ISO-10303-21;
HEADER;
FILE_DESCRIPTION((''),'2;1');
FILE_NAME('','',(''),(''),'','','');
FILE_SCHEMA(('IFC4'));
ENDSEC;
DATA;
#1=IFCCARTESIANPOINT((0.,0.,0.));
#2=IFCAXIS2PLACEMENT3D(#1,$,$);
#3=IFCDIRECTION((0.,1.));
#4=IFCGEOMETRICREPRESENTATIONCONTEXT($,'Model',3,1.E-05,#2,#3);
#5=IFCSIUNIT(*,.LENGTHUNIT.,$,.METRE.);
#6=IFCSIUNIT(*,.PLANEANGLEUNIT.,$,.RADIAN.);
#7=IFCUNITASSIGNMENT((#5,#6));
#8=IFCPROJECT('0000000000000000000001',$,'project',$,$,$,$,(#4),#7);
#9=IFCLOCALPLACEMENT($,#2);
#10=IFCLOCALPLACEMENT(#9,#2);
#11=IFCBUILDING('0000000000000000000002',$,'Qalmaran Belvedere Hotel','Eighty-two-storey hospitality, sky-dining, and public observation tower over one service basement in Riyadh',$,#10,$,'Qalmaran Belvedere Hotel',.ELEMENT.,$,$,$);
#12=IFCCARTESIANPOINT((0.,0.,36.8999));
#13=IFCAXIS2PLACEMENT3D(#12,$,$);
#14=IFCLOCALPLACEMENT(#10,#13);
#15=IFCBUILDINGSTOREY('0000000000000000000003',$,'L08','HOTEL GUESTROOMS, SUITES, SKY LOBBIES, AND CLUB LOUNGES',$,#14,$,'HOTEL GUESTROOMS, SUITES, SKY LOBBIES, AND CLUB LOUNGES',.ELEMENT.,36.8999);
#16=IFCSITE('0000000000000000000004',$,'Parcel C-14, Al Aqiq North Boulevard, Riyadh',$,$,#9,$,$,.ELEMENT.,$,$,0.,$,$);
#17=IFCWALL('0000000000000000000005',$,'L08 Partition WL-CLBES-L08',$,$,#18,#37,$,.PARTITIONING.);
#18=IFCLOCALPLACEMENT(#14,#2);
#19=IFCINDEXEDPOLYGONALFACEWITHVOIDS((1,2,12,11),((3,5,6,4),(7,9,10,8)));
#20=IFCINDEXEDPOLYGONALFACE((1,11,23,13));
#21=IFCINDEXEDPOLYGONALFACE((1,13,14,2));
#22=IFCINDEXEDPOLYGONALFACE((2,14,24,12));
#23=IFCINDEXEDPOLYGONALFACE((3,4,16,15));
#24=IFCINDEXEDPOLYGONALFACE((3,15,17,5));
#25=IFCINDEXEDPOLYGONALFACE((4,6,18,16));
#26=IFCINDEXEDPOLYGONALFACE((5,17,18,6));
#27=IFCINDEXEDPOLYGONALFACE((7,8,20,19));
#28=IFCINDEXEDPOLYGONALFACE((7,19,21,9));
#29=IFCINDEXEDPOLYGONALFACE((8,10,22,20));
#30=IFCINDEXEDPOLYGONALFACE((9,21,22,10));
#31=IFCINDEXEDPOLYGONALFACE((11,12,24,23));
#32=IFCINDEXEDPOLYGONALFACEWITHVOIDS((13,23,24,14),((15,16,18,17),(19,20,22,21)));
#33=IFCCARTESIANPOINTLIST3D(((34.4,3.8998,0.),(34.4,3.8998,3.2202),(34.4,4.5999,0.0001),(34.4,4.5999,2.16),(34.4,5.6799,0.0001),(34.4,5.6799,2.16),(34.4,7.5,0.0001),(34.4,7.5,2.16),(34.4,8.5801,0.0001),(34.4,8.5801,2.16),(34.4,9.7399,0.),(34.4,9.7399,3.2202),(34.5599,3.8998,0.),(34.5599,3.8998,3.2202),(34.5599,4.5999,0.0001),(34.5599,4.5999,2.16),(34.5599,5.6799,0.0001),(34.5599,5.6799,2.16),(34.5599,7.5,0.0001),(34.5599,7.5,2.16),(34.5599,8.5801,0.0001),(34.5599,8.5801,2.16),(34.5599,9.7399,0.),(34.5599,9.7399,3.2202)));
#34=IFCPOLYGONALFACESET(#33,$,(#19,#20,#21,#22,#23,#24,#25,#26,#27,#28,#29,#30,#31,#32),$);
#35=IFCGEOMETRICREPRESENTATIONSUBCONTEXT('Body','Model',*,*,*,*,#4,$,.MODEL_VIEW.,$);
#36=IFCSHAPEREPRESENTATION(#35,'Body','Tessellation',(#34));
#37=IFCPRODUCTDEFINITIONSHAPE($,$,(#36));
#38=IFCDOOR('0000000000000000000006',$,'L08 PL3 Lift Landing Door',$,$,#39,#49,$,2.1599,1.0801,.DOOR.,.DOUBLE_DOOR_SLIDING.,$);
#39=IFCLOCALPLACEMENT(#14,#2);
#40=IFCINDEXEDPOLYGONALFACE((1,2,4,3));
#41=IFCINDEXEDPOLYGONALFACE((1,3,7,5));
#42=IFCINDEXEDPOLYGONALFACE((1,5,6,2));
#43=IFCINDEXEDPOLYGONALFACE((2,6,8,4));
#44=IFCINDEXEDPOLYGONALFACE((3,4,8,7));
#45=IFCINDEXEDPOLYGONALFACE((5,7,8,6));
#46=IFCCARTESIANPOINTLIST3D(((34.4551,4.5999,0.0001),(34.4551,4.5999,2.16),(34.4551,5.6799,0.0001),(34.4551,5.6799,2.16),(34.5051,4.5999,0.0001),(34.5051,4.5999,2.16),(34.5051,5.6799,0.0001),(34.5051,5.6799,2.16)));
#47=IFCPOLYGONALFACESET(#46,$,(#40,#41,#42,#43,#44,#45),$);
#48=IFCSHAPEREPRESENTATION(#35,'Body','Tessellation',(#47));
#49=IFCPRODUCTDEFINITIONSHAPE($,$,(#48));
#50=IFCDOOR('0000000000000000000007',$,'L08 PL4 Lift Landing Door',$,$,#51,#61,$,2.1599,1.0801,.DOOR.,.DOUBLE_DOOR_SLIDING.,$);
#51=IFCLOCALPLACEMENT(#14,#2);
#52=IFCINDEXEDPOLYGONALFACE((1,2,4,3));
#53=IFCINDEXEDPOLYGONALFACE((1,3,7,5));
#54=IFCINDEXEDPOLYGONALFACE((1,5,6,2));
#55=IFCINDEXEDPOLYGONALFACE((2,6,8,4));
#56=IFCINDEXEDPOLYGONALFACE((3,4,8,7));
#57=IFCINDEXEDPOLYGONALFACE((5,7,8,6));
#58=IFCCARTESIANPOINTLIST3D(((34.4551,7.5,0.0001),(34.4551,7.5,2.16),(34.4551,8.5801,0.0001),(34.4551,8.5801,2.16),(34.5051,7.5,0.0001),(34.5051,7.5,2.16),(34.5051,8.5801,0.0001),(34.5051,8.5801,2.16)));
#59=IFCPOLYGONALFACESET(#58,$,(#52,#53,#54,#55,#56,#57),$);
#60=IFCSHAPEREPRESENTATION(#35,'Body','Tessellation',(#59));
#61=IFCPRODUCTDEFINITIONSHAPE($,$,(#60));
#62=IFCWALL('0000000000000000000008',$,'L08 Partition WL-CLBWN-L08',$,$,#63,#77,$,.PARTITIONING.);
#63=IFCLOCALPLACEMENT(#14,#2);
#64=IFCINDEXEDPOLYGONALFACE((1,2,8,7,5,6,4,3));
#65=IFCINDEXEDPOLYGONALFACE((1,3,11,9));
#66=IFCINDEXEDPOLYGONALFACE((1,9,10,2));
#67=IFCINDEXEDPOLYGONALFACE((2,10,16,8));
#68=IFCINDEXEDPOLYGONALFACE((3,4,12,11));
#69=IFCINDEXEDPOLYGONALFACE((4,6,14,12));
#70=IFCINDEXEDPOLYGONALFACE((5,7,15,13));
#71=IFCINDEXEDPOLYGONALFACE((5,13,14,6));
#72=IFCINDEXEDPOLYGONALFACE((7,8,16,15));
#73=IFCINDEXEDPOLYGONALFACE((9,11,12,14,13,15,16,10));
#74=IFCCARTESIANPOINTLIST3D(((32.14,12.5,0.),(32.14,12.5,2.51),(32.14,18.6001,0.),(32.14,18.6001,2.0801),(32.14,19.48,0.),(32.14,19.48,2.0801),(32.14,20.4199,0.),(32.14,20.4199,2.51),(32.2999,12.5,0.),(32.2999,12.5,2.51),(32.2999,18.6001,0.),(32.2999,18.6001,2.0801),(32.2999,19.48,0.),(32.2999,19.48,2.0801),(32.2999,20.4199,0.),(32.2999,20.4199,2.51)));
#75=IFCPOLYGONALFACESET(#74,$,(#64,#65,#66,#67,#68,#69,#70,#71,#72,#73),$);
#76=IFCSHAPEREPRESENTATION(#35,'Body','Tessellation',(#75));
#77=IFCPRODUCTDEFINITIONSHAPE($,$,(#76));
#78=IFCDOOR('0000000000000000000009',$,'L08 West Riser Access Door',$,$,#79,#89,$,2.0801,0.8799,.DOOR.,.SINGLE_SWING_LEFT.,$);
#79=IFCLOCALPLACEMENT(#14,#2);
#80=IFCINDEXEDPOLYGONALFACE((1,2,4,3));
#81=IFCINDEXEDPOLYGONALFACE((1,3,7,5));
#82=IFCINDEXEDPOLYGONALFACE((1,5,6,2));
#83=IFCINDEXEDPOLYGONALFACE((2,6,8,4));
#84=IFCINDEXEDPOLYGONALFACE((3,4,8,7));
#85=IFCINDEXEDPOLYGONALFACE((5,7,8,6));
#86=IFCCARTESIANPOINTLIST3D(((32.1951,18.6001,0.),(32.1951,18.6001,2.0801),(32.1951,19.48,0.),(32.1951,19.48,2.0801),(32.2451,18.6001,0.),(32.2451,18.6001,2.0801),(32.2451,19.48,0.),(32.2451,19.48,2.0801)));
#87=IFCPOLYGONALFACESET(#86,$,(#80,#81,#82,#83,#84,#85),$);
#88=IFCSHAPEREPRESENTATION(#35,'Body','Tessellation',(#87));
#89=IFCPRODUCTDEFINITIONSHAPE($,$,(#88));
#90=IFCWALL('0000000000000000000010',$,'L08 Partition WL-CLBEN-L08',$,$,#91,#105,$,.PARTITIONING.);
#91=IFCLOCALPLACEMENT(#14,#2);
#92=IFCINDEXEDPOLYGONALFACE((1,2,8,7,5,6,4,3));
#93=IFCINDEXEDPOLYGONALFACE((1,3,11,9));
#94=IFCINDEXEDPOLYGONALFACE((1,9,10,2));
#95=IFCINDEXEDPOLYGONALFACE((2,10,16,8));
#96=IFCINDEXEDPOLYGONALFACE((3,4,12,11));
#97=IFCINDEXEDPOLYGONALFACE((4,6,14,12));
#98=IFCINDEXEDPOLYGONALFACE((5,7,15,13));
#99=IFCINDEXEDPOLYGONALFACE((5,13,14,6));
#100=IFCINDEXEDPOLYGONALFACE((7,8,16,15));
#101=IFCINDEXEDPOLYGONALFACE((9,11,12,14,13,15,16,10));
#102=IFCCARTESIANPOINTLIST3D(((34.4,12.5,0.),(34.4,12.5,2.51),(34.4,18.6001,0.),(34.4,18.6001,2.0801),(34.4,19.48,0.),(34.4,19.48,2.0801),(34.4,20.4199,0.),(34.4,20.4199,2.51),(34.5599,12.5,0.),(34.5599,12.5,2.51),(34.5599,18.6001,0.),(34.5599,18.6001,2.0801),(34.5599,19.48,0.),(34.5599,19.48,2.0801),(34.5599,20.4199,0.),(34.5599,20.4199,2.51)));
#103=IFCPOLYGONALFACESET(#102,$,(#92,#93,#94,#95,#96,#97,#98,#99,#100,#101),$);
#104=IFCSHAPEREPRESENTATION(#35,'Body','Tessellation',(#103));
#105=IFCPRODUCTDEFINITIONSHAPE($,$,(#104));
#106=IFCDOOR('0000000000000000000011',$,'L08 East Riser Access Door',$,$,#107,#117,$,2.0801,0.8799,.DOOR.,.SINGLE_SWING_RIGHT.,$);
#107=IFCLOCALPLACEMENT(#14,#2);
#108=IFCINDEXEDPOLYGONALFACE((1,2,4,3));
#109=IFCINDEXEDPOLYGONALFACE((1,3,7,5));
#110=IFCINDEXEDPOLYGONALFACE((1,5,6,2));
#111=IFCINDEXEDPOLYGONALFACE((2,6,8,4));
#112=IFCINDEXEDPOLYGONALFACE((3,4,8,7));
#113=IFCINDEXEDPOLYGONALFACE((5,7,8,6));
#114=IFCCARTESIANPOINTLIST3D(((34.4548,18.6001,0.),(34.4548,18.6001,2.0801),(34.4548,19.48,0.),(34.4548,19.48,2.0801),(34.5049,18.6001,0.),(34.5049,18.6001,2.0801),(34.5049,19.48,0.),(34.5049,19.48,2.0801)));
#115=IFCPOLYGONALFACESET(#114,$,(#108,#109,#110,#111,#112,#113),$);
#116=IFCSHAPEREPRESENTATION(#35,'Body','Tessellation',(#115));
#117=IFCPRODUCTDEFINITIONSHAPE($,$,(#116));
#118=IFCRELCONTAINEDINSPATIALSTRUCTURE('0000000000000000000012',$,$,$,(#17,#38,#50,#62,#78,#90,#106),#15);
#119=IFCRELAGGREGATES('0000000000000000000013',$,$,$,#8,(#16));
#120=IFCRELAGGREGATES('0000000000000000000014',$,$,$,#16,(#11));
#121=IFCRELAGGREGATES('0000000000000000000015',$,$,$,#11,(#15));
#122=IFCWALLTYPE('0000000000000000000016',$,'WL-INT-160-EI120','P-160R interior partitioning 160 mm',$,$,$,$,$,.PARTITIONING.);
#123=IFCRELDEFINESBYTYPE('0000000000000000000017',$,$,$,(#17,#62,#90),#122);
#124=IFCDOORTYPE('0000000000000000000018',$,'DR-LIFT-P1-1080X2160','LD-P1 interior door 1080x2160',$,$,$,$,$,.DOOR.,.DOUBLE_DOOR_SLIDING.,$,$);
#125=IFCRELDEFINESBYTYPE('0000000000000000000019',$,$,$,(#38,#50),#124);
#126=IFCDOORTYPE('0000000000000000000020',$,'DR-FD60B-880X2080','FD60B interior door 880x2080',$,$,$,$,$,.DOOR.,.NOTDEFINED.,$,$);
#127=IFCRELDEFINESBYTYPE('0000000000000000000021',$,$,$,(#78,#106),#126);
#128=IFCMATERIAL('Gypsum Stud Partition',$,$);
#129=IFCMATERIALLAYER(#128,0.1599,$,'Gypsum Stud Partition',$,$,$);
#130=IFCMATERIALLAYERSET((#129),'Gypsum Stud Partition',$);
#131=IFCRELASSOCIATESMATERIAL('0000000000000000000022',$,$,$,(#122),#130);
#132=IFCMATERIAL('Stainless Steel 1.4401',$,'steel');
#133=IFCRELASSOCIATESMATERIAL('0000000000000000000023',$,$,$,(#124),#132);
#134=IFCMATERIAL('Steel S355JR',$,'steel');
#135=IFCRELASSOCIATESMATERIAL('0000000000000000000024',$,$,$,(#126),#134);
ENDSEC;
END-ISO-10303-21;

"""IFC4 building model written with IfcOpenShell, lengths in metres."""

from ifc_helpers import new_model, si_unit, direction, frame, frame_2d, origin, place, context, subcontext, project, spatial, rectangle, extrude, material, layer, layer_set, type_object, element, fill, save


model = new_model("IFC4")

# Units and contexts
model_context = context("Model", 3, precision=1e-05, world=origin(), true_north=direction((0.0, 1.0)))
body_context = subcontext(model_context, "Body", "Model", "MODEL_VIEW")
ifc_project = project(units=[si_unit("LENGTHUNIT", "METRE"), si_unit("PLANEANGLEUNIT", "RADIAN")], contexts=[model_context])

# Site, building, storey
site_placement = place(None, origin())
site = spatial("IfcSite", under=ifc_project, at=site_placement, Name="Parcel C-14, Al Aqiq North Boulevard, Riyadh", CompositionType="ELEMENT", RefElevation=0.0)
building_placement = place(site_placement, origin())
building = spatial("IfcBuilding", under=site, at=building_placement, Name="Qalmaran Belvedere Hotel", Description="Eighty-two-storey hospitality, sky-dining, and public observation tower over one service basement in Riyadh", LongName="Qalmaran Belvedere Hotel", CompositionType="ELEMENT")
storey_placement = place(building_placement, frame((0.0, 0.0, 36.8999)))
storey = spatial("IfcBuildingStorey", under=building, at=storey_placement, Name="L08", Description="HOTEL GUESTROOMS, SUITES, SKY LOBBIES, AND CLUB LOUNGES", LongName="HOTEL GUESTROOMS, SUITES, SKY LOBBIES, AND CLUB LOUNGES", CompositionType="ELEMENT", Elevation=36.8999)

# Shared definitions
ifc_material_1 = material(Name="Steel S355JR", Category="steel")

# Shared definitions
ifc_material_2 = material(Name="Gypsum Stud Partition")

# Wall, openings, doors
ifc_layer_1 = layer(ifc_material_2, 0.1599, Name="Gypsum Stud Partition")
ifc_layer_set_1 = layer_set([ifc_layer_1], Name="Gypsum Stud Partition")
wall_type_1 = type_object("IfcWallType", Name="WL-INT-160-EI120", Description="P-160R interior partitioning 160 mm", PredefinedType="PARTITIONING", material=ifc_layer_set_1)
ifc_material_3 = material(Name="Stainless Steel 1.4401", Category="steel")
door_type_1 = type_object("IfcDoorType", Name="DR-LIFT-P1-1080X2160", Description="LD-P1 interior door 1080x2160", OperationType="DOUBLE_DOOR_SLIDING", PredefinedType="DOOR", material=ifc_material_3)
wall_1_placement = place(storey_placement, frame((34.48, 3.8999, 0.0), z_axis=(0.0, 0.0, 1.0), x_axis=(0.0, 1.0, 0.0)))
wall_1 = element("IfcWall", 1, at=wall_1_placement, inside=storey, type_object=wall_type_1, Name="L08 Partition WL-CLBES-L08", PredefinedType="PARTITIONING", context=body_context, shape_type="SweptSolid", body=[
    extrude(rectangle(XDim=5.8401, YDim=0.1599, at=frame_2d((2.9199, 0.0))), origin(), (0.0, 0.0, 1.0), 3.2202),
])
opening_1_placement = place(wall_1_placement, frame((0.7, 0.0, 0.0)))
opening_1 = element("IfcOpeningElement", 2, at=opening_1_placement, cuts=wall_1, PredefinedType="OPENING", context=body_context, shape_type="SweptSolid", body=[
    extrude(rectangle(XDim=1.0801, YDim=2.1599, at=frame_2d((0.54, 1.0801))), frame((0.0, 0.0898, 0.0), z_axis=(0.0, -1.0, 0.0), x_axis=(1.0, 0.0, 0.0)), (0.0, 0.0, 1.0), 0.1799),
])
opening_2_placement = place(wall_1_placement, frame((3.6001, 0.0, 0.0)))
opening_2 = element("IfcOpeningElement", 3, at=opening_2_placement, cuts=wall_1, PredefinedType="OPENING", context=body_context, shape_type="SweptSolid", body=[
    extrude(rectangle(XDim=1.0801, YDim=2.1599, at=frame_2d((0.54, 1.0801))), frame((0.0, 0.0898, 0.0), z_axis=(0.0, -1.0, 0.0), x_axis=(1.0, 0.0, 0.0)), (0.0, 0.0, 1.0), 0.1799),
])
door_1_placement = place(opening_1_placement, origin())
door_1 = element("IfcDoor", 4, at=door_1_placement, inside=storey, type_object=door_type_1, Name="L08 PL3 Lift Landing Door", OperationType="DOUBLE_DOOR_SLIDING", OverallHeight=2.1599, OverallWidth=1.0801, PredefinedType="DOOR", context=body_context, shape_type="SweptSolid", body=[
    extrude(rectangle(XDim=1.0801, YDim=2.1599, at=frame_2d((0.54, 1.0801))), frame((0.0, 0.0249, 0.0), z_axis=(0.0, -1.0, 0.0), x_axis=(1.0, 0.0, 0.0)), (0.0, 0.0, 1.0), 0.05),
])
fill(opening_1, door_1)
door_2_placement = place(opening_2_placement, origin())
door_2 = element("IfcDoor", 5, at=door_2_placement, inside=storey, type_object=door_type_1, Name="L08 PL4 Lift Landing Door", OperationType="DOUBLE_DOOR_SLIDING", OverallHeight=2.1599, OverallWidth=1.0801, PredefinedType="DOOR", context=body_context, shape_type="SweptSolid", body=[
    extrude(rectangle(XDim=1.0801, YDim=2.1599, at=frame_2d((0.54, 1.0801))), frame((0.0, 0.0249, 0.0), z_axis=(0.0, -1.0, 0.0), x_axis=(1.0, 0.0, 0.0)), (0.0, 0.0, 1.0), 0.05),
])
fill(opening_2, door_2)

# Walls, openings, doors
wall_2_placement = place(storey_placement, frame((32.22, 12.5, 0.0), z_axis=(0.0, 0.0, 1.0), x_axis=(0.0, 1.0, 0.0)))
wall_2 = element("IfcWall", 6, at=wall_2_placement, inside=storey, type_object=wall_type_1, Name="L08 Partition WL-CLBWN-L08", PredefinedType="PARTITIONING", context=body_context, shape_type="SweptSolid", body=[
    extrude(rectangle(XDim=7.9199, YDim=0.1599, at=frame_2d((3.96, 0.0))), origin(), (0.0, 0.0, 1.0), 2.51),
])
opening_3_placement = place(wall_2_placement, frame((6.1001, 0.0, 0.0)))
opening_3 = element("IfcOpeningElement", 7, at=opening_3_placement, cuts=wall_2, PredefinedType="OPENING", context=body_context, shape_type="SweptSolid", body=[
    extrude(rectangle(XDim=0.8799, YDim=2.0801, at=frame_2d((0.4399, 1.04))), frame((0.0, 0.0898, 0.0), z_axis=(0.0, -1.0, 0.0), x_axis=(1.0, 0.0, 0.0)), (0.0, 0.0, 1.0), 0.1799),
])
door_type_2 = type_object("IfcDoorType", Name="DR-FD60B-880X2080", Description="FD60B interior door 880x2080", OperationType="NOTDEFINED", PredefinedType="DOOR", material=ifc_material_1)
door_3_placement = place(opening_3_placement, origin())
door_3 = element("IfcDoor", 8, at=door_3_placement, inside=storey, type_object=door_type_2, Name="L08 West Riser Access Door", OperationType="SINGLE_SWING_LEFT", OverallHeight=2.0801, OverallWidth=0.8799, PredefinedType="DOOR", context=body_context, shape_type="SweptSolid", body=[
    extrude(rectangle(XDim=0.8799, YDim=2.0801, at=frame_2d((0.4399, 1.04))), frame((0.0, 0.0249, 0.0), z_axis=(0.0, -1.0, 0.0), x_axis=(1.0, 0.0, 0.0)), (0.0, 0.0, 1.0), 0.05),
])
fill(opening_3, door_3)
wall_3_placement = place(storey_placement, frame((34.48, 12.5, 0.0), z_axis=(0.0, 0.0, 1.0), x_axis=(0.0, 1.0, 0.0)))
wall_3 = element("IfcWall", 9, at=wall_3_placement, inside=storey, type_object=wall_type_1, Name="L08 Partition WL-CLBEN-L08", PredefinedType="PARTITIONING", context=body_context, shape_type="SweptSolid", body=[
    extrude(rectangle(XDim=7.9199, YDim=0.1599, at=frame_2d((3.96, 0.0))), origin(), (0.0, 0.0, 1.0), 2.51),
])
opening_4_placement = place(wall_3_placement, frame((6.98, 0.0, 0.0), z_axis=(0.0, 0.0, 1.0), x_axis=(-1.0, 0.0, 0.0)))
opening_4 = element("IfcOpeningElement", 10, at=opening_4_placement, cuts=wall_3, PredefinedType="OPENING", context=body_context, shape_type="SweptSolid", body=[
    extrude(rectangle(XDim=0.8799, YDim=2.0801, at=frame_2d((0.4399, 1.04))), frame((0.0, 0.0898, 0.0), z_axis=(0.0, -1.0, 0.0), x_axis=(1.0, 0.0, 0.0)), (0.0, 0.0, 1.0), 0.1799),
])
door_4_placement = place(opening_4_placement, origin())
door_4 = element("IfcDoor", 11, at=door_4_placement, inside=storey, type_object=door_type_2, Name="L08 East Riser Access Door", OperationType="SINGLE_SWING_RIGHT", OverallHeight=2.0801, OverallWidth=0.8799, PredefinedType="DOOR", context=body_context, shape_type="SweptSolid", body=[
    extrude(rectangle(XDim=0.8799, YDim=2.0801, at=frame_2d((0.4399, 1.04))), frame((0.0, 0.0249, 0.0), z_axis=(0.0, -1.0, 0.0), x_axis=(1.0, 0.0, 0.0)), (0.0, 0.0, 1.0), 0.05),
])
fill(opening_4, door_4)

save(model, "model.ifc")
